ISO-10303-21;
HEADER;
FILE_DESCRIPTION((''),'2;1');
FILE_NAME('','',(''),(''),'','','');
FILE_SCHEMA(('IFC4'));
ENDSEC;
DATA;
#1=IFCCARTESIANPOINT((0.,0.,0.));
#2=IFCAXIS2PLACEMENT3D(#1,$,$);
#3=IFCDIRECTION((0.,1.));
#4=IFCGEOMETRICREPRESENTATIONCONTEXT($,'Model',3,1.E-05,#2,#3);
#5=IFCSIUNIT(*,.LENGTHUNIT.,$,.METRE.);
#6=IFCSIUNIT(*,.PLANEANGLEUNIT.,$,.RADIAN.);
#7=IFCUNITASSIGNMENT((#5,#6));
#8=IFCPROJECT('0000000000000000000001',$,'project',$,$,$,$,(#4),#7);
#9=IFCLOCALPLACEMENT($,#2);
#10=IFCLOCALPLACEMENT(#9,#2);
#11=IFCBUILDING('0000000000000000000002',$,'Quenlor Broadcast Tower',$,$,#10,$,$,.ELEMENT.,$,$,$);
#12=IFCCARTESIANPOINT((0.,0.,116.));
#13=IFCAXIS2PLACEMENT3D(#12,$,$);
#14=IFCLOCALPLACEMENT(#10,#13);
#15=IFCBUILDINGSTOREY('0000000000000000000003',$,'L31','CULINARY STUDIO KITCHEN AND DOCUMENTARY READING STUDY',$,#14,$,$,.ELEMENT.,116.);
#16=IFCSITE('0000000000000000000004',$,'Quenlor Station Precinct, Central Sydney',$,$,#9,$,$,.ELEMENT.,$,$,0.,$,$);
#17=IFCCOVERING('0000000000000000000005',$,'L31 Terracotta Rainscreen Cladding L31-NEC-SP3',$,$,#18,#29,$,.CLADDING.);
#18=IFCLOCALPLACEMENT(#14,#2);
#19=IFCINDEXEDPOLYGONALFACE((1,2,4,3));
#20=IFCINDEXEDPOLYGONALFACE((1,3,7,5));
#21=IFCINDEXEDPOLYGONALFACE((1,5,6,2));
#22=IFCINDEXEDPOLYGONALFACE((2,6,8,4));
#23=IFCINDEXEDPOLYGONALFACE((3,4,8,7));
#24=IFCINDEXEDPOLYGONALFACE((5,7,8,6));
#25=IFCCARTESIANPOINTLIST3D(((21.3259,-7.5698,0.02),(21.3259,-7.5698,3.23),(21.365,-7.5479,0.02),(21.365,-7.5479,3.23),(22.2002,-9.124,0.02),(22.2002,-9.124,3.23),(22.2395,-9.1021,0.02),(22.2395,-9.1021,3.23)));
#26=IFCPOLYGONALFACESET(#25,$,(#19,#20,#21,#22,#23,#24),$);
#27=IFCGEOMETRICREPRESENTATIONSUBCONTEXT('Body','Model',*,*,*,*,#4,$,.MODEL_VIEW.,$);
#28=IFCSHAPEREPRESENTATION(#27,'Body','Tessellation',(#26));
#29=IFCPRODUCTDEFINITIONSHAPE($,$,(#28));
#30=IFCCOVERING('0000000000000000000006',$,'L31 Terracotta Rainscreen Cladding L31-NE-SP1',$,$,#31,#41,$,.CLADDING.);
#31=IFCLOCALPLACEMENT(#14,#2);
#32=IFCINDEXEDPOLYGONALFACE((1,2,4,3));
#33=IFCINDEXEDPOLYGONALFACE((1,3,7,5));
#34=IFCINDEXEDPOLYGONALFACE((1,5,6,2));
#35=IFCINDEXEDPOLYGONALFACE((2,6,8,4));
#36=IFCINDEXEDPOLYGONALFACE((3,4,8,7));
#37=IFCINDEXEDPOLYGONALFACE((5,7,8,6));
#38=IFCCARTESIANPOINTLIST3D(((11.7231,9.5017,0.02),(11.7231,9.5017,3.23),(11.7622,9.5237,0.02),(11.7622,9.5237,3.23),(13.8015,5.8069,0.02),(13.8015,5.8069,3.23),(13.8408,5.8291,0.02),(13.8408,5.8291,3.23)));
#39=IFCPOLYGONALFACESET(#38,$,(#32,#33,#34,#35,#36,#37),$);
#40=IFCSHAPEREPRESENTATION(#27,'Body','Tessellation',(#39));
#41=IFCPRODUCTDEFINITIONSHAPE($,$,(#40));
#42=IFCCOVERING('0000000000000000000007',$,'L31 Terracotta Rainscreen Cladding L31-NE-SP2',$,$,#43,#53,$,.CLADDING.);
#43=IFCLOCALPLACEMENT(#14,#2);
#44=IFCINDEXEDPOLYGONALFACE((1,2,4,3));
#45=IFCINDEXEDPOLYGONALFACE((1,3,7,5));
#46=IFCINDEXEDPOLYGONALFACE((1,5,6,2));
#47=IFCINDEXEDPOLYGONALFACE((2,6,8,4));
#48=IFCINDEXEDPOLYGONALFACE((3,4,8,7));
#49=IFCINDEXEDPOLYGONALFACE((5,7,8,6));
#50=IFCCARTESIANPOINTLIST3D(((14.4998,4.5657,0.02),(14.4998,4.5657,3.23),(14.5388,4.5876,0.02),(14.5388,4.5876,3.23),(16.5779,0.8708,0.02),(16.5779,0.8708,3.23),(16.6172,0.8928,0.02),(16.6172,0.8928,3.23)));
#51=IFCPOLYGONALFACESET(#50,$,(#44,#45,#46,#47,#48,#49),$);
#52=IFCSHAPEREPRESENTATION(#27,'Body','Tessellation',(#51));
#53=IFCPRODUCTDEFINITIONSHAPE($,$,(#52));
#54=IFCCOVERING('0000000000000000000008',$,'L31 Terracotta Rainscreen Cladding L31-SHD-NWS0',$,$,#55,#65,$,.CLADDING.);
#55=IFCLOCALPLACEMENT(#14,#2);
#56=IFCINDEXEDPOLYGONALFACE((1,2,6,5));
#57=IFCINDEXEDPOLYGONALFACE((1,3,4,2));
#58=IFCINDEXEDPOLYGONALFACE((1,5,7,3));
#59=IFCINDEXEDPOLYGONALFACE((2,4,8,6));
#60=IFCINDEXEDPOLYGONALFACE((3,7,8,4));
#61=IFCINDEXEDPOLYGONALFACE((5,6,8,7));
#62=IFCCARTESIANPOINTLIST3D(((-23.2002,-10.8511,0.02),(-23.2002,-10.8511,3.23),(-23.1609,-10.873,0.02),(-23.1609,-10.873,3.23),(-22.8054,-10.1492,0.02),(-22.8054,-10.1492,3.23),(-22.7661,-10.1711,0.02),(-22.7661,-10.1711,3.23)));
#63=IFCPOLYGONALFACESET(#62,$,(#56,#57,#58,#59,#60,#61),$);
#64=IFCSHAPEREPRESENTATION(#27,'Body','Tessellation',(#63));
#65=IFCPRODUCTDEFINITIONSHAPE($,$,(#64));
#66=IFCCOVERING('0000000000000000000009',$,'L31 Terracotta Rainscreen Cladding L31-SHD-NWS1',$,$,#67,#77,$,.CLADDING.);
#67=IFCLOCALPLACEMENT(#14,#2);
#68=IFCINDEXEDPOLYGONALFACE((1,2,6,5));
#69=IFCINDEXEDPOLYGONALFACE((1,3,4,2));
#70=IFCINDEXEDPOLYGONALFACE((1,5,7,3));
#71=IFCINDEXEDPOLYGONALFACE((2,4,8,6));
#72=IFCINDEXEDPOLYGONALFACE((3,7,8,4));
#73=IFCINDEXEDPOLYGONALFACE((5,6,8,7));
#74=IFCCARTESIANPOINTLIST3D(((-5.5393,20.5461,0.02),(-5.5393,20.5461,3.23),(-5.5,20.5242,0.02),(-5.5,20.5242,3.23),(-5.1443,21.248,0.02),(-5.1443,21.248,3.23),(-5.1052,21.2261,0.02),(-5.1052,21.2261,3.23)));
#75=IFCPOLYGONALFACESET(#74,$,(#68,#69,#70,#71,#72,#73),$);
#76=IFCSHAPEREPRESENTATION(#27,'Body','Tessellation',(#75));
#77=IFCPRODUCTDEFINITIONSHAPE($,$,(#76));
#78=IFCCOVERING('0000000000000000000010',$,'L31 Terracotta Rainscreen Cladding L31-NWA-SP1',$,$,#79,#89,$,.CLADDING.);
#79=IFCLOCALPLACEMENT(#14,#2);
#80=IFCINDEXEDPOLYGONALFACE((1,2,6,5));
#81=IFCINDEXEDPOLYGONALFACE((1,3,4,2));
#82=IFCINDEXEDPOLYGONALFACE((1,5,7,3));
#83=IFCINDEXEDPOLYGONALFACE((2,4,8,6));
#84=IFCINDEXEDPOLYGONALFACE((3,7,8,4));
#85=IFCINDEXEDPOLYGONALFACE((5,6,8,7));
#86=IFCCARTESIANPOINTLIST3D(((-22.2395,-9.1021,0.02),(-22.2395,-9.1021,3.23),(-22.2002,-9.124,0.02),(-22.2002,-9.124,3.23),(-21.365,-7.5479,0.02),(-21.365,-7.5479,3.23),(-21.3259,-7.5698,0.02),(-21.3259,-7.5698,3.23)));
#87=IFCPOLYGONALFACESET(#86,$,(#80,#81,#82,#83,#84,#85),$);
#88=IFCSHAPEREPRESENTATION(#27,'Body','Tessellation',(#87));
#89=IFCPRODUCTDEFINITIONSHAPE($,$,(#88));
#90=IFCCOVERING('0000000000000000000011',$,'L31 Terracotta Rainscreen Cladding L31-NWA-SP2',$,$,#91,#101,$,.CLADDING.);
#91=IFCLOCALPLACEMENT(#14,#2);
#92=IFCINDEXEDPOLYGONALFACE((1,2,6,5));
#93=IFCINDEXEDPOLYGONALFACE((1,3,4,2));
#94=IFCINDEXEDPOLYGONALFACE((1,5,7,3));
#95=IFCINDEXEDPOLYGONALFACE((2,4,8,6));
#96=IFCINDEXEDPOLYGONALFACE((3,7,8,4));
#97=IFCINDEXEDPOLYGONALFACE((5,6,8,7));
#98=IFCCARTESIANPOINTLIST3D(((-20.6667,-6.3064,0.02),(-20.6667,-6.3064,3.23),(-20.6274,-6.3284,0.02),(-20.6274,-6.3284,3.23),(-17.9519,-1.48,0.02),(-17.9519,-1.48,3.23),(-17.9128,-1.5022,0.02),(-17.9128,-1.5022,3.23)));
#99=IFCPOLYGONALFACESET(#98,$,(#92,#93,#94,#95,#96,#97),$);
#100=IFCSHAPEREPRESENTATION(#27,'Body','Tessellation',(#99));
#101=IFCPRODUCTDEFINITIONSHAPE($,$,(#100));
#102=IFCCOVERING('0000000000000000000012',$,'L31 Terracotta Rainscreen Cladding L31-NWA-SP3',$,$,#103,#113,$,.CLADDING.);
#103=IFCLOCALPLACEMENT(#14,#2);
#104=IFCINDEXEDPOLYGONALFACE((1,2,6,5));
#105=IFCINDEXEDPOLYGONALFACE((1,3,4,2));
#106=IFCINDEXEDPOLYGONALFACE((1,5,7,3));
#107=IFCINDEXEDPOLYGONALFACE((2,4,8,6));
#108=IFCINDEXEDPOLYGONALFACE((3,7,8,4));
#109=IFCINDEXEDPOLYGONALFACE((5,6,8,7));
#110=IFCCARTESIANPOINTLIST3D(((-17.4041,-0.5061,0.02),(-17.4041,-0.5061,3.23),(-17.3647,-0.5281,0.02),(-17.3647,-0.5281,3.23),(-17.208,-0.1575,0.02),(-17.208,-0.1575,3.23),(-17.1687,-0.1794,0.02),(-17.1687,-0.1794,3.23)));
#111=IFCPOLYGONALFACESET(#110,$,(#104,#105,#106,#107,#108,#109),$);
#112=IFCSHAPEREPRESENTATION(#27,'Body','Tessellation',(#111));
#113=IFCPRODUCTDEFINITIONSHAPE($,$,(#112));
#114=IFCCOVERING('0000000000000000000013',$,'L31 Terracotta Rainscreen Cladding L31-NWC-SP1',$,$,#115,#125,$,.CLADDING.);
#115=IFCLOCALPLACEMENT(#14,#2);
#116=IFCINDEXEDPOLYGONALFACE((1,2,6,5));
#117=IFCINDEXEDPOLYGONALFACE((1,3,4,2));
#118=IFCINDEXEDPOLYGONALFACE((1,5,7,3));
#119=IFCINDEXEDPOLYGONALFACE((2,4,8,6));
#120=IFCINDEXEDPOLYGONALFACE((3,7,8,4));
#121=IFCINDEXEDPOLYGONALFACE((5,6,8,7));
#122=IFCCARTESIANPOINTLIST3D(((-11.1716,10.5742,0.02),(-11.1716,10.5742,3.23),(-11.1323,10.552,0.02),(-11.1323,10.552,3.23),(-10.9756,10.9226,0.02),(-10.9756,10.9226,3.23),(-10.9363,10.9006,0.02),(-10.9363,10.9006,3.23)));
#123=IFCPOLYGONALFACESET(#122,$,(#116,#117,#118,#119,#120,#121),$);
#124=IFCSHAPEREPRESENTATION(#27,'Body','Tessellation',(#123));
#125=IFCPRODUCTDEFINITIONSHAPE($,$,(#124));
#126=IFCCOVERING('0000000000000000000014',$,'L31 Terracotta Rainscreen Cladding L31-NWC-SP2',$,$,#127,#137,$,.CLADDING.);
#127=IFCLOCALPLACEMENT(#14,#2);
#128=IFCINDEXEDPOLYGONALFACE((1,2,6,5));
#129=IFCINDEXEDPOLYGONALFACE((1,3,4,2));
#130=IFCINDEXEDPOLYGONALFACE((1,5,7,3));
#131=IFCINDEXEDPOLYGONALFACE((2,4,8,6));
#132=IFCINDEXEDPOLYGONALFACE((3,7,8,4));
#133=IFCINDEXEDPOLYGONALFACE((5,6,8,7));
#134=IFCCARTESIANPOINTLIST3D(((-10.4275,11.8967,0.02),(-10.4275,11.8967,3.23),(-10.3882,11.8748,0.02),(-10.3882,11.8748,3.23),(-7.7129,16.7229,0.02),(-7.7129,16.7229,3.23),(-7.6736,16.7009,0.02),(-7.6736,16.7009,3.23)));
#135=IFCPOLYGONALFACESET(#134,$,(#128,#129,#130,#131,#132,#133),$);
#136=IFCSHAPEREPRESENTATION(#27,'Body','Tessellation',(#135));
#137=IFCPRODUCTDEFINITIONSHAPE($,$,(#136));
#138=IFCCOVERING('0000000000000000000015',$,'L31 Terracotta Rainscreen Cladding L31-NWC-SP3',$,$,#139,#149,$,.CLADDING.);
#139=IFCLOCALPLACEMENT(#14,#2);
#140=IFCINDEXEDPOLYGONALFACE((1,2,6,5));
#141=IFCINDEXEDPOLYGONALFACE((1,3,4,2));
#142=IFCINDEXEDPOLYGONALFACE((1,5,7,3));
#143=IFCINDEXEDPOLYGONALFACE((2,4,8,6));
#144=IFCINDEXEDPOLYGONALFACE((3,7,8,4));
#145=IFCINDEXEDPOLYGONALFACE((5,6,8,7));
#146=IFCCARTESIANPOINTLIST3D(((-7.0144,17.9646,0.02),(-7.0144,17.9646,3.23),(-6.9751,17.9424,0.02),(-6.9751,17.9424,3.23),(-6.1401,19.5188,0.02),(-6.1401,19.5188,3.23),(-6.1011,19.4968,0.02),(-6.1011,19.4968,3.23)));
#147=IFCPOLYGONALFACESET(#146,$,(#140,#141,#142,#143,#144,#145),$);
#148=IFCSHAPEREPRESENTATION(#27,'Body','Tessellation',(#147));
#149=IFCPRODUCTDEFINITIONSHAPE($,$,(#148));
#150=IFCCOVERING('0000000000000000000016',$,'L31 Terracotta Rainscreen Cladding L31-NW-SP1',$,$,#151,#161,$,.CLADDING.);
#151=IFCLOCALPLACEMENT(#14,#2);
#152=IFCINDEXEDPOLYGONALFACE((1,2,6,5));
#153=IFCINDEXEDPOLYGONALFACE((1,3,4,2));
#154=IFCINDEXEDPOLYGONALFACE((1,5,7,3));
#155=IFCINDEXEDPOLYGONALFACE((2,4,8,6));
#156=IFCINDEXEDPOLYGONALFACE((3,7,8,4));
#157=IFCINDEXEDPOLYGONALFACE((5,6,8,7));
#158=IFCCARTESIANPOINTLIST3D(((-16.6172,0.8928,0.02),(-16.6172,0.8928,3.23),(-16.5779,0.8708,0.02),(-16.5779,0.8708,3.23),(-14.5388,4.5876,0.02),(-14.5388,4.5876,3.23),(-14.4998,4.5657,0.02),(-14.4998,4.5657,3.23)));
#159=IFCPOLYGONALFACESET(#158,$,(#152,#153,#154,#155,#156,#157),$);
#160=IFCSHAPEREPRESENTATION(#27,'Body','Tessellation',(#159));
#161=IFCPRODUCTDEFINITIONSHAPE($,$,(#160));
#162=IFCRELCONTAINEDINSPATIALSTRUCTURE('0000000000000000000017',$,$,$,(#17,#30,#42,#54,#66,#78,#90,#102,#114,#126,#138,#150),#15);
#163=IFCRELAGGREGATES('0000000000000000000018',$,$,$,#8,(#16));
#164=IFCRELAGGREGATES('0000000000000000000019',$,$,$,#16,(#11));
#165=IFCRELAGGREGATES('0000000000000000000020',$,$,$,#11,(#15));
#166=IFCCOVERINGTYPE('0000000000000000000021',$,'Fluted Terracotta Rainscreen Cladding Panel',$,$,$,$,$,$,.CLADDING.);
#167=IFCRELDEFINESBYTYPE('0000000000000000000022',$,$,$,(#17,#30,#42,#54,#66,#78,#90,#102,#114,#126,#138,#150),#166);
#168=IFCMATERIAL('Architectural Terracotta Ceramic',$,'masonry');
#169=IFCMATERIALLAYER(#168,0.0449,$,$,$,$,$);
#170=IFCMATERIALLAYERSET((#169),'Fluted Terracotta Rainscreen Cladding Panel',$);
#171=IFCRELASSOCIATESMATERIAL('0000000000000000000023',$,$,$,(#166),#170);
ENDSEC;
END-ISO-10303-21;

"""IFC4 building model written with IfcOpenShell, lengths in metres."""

from ifc_helpers import new_model, si_unit, direction, frame, origin, place, context, subcontext, project, spatial, polyline, outline, extrude, material, layer, layer_set, type_object, element, save


model = new_model("IFC4")

# Units and contexts
model_context = context("Model", 3, precision=1e-05, world=origin(), true_north=direction((0.0, 1.0)))
body_context = subcontext(model_context, "Body", "Model", "MODEL_VIEW")
ifc_project = project(units=[si_unit("LENGTHUNIT", "METRE"), si_unit("PLANEANGLEUNIT", "RADIAN")], contexts=[model_context])

# Site, building, storey
site_placement = place(None, origin())
site = spatial("IfcSite", under=ifc_project, at=site_placement, Name="Quenlor Station Precinct, Central Sydney", CompositionType="ELEMENT", RefElevation=0.0)
building_placement = place(site_placement, origin())
building = spatial("IfcBuilding", under=site, at=building_placement, Name="Quenlor Broadcast Tower", CompositionType="ELEMENT")
storey_placement = place(building_placement, frame((0.0, 0.0, 116.0)))
storey = spatial("IfcBuildingStorey", under=building, at=storey_placement, Name="L31", Description="CULINARY STUDIO KITCHEN AND DOCUMENTARY READING STUDY", CompositionType="ELEMENT", Elevation=116.0)

# Coverings
ifc_material = material(Name="Architectural Terracotta Ceramic", Category="masonry")
ifc_layer = layer(ifc_material, 0.0449)
ifc_layer_set = layer_set([ifc_layer], Name="Fluted Terracotta Rainscreen Cladding Panel")
covering_type = type_object("IfcCoveringType", Name="Fluted Terracotta Rainscreen Cladding Panel", PredefinedType="CLADDING", material=ifc_layer_set)
covering_1_placement = place(storey_placement, frame((0.0, 0.0, 0.02)))
element("IfcCovering", 1, at=covering_1_placement, inside=storey, type_object=covering_type, Name="L31 Terracotta Rainscreen Cladding L31-NEC-SP3", PredefinedType="CLADDING", context=body_context, shape_type="SweptSolid", body=[
    extrude(outline(polyline([(21.3259, -7.5698), (22.2002, -9.124), (22.2395, -9.1021), (21.365, -7.5479), (21.3259, -7.5698)])), origin(), (0.0, 0.0, 1.0), 3.21),
])
covering_2_placement = place(storey_placement, frame((0.0, 0.0, 0.02)))
element("IfcCovering", 2, at=covering_2_placement, inside=storey, type_object=covering_type, Name="L31 Terracotta Rainscreen Cladding L31-NE-SP1", PredefinedType="CLADDING", context=body_context, shape_type="SweptSolid", body=[
    extrude(outline(polyline([(11.7231, 9.5017), (13.8015, 5.8069), (13.8408, 5.8291), (11.7622, 9.5237), (11.7231, 9.5017)])), origin(), (0.0, 0.0, 1.0), 3.21),
])
covering_3_placement = place(storey_placement, frame((0.0, 0.0, 0.02)))
element("IfcCovering", 3, at=covering_3_placement, inside=storey, type_object=covering_type, Name="L31 Terracotta Rainscreen Cladding L31-NE-SP2", PredefinedType="CLADDING", context=body_context, shape_type="SweptSolid", body=[
    extrude(outline(polyline([(14.4998, 4.5657), (16.5779, 0.8708), (16.6172, 0.8928), (14.5388, 4.5876), (14.4998, 4.5657)])), origin(), (0.0, 0.0, 1.0), 3.21),
])
covering_4_placement = place(storey_placement, frame((0.0, 0.0, 0.02)))
element("IfcCovering", 4, at=covering_4_placement, inside=storey, type_object=covering_type, Name="L31 Terracotta Rainscreen Cladding L31-SHD-NWS0", PredefinedType="CLADDING", context=body_context, shape_type="SweptSolid", body=[
    extrude(outline(polyline([(-23.1609, -10.873), (-22.7661, -10.1711), (-22.8054, -10.1492), (-23.2002, -10.8511), (-23.1609, -10.873)])), origin(), (0.0, 0.0, 1.0), 3.21),
])
covering_5_placement = place(storey_placement, frame((0.0, 0.0, 0.02)))
element("IfcCovering", 5, at=covering_5_placement, inside=storey, type_object=covering_type, Name="L31 Terracotta Rainscreen Cladding L31-SHD-NWS1", PredefinedType="CLADDING", context=body_context, shape_type="SweptSolid", body=[
    extrude(outline(polyline([(-5.5, 20.5242), (-5.1052, 21.2261), (-5.1443, 21.248), (-5.5393, 20.5461), (-5.5, 20.5242)])), origin(), (0.0, 0.0, 1.0), 3.21),
])
covering_6_placement = place(storey_placement, frame((0.0, 0.0, 0.02)))
element("IfcCovering", 6, at=covering_6_placement, inside=storey, type_object=covering_type, Name="L31 Terracotta Rainscreen Cladding L31-NWA-SP1", PredefinedType="CLADDING", context=body_context, shape_type="SweptSolid", body=[
    extrude(outline(polyline([(-22.2002, -9.124), (-21.3259, -7.5698), (-21.365, -7.5479), (-22.2395, -9.1021), (-22.2002, -9.124)])), origin(), (0.0, 0.0, 1.0), 3.21),
])
covering_7_placement = place(storey_placement, frame((0.0, 0.0, 0.02)))
element("IfcCovering", 7, at=covering_7_placement, inside=storey, type_object=covering_type, Name="L31 Terracotta Rainscreen Cladding L31-NWA-SP2", PredefinedType="CLADDING", context=body_context, shape_type="SweptSolid", body=[
    extrude(outline(polyline([(-20.6274, -6.3284), (-17.9128, -1.5022), (-17.9519, -1.48), (-20.6667, -6.3064), (-20.6274, -6.3284)])), origin(), (0.0, 0.0, 1.0), 3.21),
])
covering_8_placement = place(storey_placement, frame((0.0, 0.0, 0.02)))
element("IfcCovering", 8, at=covering_8_placement, inside=storey, type_object=covering_type, Name="L31 Terracotta Rainscreen Cladding L31-NWA-SP3", PredefinedType="CLADDING", context=body_context, shape_type="SweptSolid", body=[
    extrude(outline(polyline([(-17.3647, -0.5281), (-17.1687, -0.1794), (-17.208, -0.1575), (-17.4041, -0.5061), (-17.3647, -0.5281)])), origin(), (0.0, 0.0, 1.0), 3.21),
])
covering_9_placement = place(storey_placement, frame((0.0, 0.0, 0.02)))
element("IfcCovering", 9, at=covering_9_placement, inside=storey, type_object=covering_type, Name="L31 Terracotta Rainscreen Cladding L31-NWC-SP1", PredefinedType="CLADDING", context=body_context, shape_type="SweptSolid", body=[
    extrude(outline(polyline([(-11.1323, 10.552), (-10.9363, 10.9006), (-10.9756, 10.9226), (-11.1716, 10.5742), (-11.1323, 10.552)])), origin(), (0.0, 0.0, 1.0), 3.21),
])
covering_10_placement = place(storey_placement, frame((0.0, 0.0, 0.02)))
element("IfcCovering", 10, at=covering_10_placement, inside=storey, type_object=covering_type, Name="L31 Terracotta Rainscreen Cladding L31-NWC-SP2", PredefinedType="CLADDING", context=body_context, shape_type="SweptSolid", body=[
    extrude(outline(polyline([(-10.3882, 11.8748), (-7.6736, 16.7009), (-7.7129, 16.7229), (-10.4275, 11.8967), (-10.3882, 11.8748)])), origin(), (0.0, 0.0, 1.0), 3.21),
])
covering_11_placement = place(storey_placement, frame((0.0, 0.0, 0.02)))
element("IfcCovering", 11, at=covering_11_placement, inside=storey, type_object=covering_type, Name="L31 Terracotta Rainscreen Cladding L31-NWC-SP3", PredefinedType="CLADDING", context=body_context, shape_type="SweptSolid", body=[
    extrude(outline(polyline([(-6.9751, 17.9424), (-6.1011, 19.4968), (-6.1401, 19.5188), (-7.0144, 17.9646), (-6.9751, 17.9424)])), origin(), (0.0, 0.0, 1.0), 3.21),
])
covering_12_placement = place(storey_placement, frame((0.0, 0.0, 0.02)))
element("IfcCovering", 12, at=covering_12_placement, inside=storey, type_object=covering_type, Name="L31 Terracotta Rainscreen Cladding L31-NW-SP1", PredefinedType="CLADDING", context=body_context, shape_type="SweptSolid", body=[
    extrude(outline(polyline([(-16.5779, 0.8708), (-14.4998, 4.5657), (-14.5388, 4.5876), (-16.6172, 0.8928), (-16.5779, 0.8708)])), origin(), (0.0, 0.0, 1.0), 3.21),
])

save(model, "model.ifc")
